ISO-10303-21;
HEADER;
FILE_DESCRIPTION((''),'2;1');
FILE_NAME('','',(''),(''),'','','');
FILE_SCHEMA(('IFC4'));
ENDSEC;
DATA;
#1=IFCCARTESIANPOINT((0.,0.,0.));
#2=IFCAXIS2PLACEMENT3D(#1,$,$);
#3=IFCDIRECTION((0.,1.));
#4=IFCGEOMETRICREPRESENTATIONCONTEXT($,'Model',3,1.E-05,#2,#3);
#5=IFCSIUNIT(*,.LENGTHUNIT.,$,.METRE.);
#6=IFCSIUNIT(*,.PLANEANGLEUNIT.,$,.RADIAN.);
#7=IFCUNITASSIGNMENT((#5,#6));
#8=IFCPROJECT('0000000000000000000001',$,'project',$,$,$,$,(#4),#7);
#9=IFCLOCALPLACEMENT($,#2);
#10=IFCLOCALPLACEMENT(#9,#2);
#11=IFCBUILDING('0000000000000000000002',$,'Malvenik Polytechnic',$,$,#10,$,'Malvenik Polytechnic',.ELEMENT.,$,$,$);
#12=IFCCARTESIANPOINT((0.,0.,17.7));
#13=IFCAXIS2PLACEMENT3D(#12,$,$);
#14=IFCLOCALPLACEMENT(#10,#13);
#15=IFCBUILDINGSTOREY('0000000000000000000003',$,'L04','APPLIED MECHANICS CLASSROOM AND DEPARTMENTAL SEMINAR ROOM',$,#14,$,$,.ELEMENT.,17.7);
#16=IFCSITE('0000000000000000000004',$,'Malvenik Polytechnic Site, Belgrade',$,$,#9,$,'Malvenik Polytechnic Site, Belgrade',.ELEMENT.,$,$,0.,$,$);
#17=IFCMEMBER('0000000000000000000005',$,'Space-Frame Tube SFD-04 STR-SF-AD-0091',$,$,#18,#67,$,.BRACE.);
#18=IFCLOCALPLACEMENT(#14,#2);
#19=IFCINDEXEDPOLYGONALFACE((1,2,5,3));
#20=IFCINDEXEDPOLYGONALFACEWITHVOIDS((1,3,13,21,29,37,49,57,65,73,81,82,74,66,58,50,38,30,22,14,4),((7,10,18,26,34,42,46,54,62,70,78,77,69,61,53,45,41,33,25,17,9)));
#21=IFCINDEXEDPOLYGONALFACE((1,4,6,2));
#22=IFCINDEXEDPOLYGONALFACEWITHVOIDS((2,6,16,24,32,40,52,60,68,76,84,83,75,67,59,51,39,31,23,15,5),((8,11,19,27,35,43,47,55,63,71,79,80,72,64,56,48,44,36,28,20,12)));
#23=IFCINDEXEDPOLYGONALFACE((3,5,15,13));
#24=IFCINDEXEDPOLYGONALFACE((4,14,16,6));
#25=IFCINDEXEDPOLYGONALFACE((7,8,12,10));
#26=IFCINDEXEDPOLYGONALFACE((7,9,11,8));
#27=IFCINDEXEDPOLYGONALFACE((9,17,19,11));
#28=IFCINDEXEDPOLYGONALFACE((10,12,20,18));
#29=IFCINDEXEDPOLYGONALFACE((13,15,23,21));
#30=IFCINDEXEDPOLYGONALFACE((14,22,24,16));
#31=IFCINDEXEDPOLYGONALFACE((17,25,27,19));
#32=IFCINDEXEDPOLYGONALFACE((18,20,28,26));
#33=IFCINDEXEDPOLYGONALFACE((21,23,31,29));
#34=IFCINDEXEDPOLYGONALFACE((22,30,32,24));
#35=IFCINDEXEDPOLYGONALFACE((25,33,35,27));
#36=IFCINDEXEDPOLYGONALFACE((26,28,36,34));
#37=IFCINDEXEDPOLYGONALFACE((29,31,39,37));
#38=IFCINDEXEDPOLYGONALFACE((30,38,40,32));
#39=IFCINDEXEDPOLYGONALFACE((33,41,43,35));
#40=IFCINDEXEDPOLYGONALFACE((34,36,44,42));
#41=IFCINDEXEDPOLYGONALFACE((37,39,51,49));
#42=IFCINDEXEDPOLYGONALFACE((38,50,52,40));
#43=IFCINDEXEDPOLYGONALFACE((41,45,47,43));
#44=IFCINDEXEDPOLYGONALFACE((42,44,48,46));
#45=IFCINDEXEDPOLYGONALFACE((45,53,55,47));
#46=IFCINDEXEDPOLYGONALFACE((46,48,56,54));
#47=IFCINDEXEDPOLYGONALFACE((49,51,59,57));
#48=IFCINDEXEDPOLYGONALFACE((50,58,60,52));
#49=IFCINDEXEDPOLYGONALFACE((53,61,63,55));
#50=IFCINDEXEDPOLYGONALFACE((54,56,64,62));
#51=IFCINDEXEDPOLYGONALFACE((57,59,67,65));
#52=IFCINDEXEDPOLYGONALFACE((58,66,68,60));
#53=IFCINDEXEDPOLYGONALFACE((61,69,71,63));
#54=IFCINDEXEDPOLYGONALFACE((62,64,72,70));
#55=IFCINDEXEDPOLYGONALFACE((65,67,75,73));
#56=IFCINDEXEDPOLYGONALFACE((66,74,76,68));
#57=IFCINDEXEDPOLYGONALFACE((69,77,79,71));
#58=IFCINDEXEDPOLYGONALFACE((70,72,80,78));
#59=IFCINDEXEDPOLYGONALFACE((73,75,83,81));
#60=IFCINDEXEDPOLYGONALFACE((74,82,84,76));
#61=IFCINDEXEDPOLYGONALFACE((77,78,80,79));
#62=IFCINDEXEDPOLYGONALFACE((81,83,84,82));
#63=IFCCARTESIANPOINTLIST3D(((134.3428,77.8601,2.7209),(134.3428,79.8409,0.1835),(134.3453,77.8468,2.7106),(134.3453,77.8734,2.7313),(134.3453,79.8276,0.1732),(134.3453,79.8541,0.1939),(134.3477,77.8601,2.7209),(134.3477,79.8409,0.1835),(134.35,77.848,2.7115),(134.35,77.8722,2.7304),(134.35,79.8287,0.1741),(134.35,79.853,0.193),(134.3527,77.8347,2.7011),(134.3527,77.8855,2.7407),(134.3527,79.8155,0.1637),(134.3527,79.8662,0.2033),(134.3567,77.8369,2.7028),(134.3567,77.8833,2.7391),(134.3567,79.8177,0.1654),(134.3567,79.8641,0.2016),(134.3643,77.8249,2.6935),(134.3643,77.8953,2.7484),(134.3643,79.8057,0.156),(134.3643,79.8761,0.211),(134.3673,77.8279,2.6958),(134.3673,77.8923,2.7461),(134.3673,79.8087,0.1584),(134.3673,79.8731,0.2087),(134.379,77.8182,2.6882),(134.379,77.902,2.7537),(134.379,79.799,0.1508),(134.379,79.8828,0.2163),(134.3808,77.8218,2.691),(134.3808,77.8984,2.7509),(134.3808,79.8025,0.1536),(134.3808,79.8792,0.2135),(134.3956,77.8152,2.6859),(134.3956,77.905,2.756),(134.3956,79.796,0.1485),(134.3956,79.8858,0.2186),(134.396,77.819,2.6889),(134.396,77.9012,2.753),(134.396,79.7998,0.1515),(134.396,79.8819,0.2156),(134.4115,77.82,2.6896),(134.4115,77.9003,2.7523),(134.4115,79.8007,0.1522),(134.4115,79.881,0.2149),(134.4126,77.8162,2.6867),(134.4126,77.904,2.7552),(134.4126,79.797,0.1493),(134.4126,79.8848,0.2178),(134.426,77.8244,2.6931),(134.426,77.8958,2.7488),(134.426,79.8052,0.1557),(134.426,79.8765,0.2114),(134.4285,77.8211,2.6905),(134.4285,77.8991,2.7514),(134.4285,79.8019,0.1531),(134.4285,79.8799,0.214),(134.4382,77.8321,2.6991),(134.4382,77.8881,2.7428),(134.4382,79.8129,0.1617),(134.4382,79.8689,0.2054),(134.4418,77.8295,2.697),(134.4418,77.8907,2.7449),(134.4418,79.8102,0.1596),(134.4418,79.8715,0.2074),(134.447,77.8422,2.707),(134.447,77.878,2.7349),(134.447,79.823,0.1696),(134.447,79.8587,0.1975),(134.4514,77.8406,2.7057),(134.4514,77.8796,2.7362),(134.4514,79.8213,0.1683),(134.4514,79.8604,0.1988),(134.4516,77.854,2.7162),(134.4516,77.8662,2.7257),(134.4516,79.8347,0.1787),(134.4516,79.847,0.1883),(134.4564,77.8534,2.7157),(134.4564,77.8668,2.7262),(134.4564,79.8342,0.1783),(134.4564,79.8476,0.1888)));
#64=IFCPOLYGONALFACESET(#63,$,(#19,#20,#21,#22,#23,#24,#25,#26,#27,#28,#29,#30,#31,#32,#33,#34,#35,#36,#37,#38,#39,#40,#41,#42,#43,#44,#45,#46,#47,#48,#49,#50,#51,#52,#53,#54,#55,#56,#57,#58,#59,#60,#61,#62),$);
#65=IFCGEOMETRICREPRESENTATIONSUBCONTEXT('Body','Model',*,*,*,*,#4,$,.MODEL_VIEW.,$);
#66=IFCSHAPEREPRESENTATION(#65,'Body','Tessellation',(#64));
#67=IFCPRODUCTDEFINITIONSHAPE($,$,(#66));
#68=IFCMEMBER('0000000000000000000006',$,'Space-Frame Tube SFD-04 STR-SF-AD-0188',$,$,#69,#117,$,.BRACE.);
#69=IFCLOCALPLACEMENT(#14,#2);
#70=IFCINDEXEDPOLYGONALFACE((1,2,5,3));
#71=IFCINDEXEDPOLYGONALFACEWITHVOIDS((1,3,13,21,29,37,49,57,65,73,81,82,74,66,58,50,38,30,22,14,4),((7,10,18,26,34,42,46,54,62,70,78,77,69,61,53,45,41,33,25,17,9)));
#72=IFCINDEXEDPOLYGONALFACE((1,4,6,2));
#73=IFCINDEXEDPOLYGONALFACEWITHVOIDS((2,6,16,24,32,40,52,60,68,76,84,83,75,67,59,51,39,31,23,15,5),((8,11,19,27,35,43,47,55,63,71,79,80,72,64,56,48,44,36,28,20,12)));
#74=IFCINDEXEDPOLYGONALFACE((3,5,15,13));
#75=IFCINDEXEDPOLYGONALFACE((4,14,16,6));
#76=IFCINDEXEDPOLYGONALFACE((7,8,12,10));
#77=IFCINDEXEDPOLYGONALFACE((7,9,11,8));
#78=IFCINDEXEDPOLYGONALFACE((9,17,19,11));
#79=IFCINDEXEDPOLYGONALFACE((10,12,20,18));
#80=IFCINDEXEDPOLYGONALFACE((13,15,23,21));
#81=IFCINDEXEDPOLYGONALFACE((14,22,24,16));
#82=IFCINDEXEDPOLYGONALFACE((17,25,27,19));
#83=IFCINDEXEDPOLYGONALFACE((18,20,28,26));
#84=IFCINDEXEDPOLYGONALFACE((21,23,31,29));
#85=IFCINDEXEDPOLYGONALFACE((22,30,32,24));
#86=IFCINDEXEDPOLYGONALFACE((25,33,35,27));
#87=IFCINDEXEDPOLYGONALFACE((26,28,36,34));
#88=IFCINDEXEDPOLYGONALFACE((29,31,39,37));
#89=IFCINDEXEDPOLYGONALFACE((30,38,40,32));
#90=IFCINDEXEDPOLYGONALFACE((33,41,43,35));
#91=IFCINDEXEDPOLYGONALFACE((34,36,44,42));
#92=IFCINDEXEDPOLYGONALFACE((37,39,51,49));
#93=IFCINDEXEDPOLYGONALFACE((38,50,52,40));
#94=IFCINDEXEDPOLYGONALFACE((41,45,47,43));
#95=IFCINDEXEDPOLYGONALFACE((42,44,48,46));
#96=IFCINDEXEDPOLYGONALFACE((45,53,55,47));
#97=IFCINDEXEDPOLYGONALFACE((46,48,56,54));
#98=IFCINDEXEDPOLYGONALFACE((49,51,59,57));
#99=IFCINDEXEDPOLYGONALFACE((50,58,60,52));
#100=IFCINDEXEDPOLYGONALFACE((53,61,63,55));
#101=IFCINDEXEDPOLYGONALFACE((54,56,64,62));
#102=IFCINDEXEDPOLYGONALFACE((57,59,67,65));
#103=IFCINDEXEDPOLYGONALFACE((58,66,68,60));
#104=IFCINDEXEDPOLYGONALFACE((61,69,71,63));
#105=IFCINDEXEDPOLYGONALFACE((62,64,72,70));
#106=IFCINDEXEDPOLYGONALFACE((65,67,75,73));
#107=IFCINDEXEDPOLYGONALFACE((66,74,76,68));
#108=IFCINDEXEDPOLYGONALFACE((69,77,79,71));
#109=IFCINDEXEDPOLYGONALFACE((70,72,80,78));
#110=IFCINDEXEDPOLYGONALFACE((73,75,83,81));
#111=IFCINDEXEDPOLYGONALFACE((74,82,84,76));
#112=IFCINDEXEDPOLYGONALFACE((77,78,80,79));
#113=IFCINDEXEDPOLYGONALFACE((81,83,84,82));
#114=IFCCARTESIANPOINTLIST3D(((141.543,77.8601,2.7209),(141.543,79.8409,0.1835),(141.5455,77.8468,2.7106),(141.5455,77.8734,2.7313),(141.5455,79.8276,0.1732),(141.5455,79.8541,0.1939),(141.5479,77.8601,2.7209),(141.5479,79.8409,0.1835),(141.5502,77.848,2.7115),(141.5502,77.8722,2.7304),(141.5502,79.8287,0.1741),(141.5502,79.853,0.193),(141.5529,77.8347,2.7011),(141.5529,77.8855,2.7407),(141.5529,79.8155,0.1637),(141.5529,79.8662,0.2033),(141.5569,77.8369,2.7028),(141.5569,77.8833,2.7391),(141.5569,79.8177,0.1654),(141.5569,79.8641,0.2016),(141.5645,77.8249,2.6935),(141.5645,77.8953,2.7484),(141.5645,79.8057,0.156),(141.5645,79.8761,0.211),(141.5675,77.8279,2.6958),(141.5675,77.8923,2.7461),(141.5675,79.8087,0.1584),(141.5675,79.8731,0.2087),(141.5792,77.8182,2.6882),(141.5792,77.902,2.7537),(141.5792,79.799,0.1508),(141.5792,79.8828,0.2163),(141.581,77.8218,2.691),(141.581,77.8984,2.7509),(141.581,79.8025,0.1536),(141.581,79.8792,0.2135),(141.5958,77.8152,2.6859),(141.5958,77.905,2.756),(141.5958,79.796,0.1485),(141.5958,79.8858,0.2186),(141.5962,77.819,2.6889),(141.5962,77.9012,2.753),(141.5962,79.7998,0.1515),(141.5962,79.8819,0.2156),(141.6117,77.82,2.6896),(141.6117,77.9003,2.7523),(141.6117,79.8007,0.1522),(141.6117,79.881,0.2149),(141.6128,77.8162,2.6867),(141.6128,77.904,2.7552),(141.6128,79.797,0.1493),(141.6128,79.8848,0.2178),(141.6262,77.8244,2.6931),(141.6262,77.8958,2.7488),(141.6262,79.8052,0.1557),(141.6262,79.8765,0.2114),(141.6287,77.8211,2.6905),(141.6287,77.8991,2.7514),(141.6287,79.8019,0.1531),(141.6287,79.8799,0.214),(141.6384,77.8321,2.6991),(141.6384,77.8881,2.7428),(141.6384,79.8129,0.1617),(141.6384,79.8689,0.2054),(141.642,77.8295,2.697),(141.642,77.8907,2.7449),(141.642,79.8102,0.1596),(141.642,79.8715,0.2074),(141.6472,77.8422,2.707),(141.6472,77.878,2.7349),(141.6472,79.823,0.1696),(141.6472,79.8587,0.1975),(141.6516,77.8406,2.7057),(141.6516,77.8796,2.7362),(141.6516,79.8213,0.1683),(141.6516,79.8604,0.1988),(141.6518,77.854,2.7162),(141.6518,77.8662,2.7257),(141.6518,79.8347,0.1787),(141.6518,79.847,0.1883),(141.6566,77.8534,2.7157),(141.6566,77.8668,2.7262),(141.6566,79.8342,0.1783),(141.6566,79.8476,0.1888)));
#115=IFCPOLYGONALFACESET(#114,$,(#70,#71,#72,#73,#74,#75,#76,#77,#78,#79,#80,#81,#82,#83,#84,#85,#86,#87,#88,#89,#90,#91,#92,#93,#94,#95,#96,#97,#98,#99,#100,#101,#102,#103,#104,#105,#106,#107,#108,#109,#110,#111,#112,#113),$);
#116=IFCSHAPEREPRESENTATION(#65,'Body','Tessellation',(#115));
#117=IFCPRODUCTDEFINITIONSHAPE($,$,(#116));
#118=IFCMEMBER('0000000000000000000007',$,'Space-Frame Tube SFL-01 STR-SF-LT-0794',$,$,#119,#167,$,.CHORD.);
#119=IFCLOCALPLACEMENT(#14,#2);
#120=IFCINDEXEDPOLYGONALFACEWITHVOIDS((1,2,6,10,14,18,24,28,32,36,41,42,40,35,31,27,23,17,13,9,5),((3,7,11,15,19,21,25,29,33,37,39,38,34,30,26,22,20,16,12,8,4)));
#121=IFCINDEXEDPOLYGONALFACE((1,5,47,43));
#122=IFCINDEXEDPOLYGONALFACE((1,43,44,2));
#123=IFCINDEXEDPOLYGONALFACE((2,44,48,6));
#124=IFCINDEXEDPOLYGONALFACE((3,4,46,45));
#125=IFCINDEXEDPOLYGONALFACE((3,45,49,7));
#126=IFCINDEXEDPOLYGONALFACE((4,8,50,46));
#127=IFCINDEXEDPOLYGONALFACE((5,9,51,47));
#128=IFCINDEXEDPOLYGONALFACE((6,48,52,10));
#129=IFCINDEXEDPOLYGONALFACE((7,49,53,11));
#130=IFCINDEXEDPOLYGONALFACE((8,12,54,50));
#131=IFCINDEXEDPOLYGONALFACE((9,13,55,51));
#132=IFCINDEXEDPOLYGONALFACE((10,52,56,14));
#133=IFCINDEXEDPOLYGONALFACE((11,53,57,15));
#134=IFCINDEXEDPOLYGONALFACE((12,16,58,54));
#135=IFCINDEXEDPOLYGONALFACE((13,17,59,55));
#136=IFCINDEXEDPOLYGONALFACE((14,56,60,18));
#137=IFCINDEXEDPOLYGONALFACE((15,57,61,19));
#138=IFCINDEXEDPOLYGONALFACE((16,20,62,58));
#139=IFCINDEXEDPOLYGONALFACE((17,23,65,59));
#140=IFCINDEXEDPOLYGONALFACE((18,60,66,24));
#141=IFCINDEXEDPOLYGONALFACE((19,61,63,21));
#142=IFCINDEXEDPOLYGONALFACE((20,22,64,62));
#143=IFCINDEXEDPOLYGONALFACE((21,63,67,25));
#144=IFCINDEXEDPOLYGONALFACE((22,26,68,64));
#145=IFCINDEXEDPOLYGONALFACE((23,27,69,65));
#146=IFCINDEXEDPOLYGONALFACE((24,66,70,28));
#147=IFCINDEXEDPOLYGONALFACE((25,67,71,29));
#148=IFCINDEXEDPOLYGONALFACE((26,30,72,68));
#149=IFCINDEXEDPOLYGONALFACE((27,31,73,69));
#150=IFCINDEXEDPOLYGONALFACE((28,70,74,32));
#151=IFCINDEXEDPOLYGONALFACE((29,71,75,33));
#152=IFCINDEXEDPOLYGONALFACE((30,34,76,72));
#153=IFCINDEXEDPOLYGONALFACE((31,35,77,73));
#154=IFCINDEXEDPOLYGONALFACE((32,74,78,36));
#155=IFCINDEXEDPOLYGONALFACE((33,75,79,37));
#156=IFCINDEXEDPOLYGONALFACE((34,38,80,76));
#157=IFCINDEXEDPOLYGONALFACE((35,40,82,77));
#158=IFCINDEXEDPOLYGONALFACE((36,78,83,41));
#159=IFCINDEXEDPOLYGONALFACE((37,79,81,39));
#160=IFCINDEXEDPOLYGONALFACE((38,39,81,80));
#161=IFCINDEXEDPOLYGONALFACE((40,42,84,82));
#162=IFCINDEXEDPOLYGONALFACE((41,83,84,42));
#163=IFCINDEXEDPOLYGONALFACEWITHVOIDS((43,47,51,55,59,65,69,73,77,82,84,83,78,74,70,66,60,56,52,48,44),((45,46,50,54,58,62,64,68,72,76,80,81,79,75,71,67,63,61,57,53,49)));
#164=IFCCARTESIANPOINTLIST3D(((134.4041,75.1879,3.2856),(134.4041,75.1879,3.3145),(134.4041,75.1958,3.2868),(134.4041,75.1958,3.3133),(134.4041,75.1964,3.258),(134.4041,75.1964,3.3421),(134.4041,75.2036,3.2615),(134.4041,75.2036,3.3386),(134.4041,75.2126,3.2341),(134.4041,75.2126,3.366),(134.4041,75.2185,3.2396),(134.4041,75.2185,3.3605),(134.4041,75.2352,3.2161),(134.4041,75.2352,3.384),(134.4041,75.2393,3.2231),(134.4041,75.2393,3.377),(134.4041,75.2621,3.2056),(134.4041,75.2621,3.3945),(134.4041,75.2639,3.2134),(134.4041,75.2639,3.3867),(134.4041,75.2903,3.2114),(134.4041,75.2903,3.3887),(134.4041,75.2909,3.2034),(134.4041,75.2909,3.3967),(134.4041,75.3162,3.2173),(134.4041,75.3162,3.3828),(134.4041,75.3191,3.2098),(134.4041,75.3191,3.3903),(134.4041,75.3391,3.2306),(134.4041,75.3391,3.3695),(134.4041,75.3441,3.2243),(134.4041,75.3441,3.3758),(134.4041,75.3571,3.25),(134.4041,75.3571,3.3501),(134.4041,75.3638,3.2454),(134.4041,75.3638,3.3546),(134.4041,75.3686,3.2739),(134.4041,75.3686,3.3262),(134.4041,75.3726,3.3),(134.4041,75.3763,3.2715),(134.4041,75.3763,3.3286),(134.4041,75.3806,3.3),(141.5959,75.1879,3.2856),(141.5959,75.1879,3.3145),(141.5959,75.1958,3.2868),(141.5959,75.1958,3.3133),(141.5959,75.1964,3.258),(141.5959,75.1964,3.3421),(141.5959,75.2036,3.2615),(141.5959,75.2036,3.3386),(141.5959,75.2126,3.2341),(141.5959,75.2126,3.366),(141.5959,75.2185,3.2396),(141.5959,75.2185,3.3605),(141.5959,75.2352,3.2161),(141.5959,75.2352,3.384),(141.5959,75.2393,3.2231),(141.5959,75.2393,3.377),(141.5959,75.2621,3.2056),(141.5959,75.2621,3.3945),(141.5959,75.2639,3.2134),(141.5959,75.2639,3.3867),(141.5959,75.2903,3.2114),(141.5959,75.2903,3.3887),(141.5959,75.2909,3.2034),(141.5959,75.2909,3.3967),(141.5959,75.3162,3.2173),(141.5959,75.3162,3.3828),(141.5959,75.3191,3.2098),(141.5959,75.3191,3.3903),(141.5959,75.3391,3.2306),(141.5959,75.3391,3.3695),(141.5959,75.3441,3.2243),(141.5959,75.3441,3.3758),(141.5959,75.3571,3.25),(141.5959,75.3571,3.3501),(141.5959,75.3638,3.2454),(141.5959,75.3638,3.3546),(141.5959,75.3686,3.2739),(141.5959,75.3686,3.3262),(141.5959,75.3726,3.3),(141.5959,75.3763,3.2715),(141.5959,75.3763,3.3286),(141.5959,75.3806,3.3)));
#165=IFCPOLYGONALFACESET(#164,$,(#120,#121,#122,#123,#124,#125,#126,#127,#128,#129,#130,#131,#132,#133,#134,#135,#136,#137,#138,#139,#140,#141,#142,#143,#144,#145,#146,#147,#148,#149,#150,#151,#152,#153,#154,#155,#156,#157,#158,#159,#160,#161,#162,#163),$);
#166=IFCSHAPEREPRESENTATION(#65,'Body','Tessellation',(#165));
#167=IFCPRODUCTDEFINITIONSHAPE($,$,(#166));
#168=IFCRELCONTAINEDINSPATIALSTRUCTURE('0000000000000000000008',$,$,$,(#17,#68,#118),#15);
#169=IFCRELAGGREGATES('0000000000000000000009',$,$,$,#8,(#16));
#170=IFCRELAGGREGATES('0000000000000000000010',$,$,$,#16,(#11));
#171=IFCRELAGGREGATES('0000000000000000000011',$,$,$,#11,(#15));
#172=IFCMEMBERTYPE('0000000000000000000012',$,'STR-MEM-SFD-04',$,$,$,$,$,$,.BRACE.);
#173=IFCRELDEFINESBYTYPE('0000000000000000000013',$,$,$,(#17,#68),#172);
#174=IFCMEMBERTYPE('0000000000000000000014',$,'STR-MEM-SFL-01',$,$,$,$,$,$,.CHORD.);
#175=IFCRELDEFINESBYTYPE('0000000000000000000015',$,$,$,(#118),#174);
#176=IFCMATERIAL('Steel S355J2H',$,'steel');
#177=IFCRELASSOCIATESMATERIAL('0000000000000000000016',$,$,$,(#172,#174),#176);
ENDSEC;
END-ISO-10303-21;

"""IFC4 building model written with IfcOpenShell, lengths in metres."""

from ifc_helpers import new_model, si_unit, direction, frame, origin, origin_2d, place, context, subcontext, project, spatial, hollow_circle, extrude, material, material_profile, profile_set, type_object, element, save


model = new_model("IFC4")

# Units and contexts
model_context = context("Model", 3, precision=1e-05, world=origin(), true_north=direction((0.0, 1.0)))
body_context = subcontext(model_context, "Body", "Model", "MODEL_VIEW")
ifc_project = project(units=[si_unit("LENGTHUNIT", "METRE"), si_unit("PLANEANGLEUNIT", "RADIAN")], contexts=[model_context])

# Site, building, storey
site_placement = place(None, origin())
site = spatial("IfcSite", under=ifc_project, at=site_placement, Name="Malvenik Polytechnic Site, Belgrade", LongName="Malvenik Polytechnic Site, Belgrade", CompositionType="ELEMENT", RefElevation=0.0)
building_placement = place(site_placement, origin())
building = spatial("IfcBuilding", under=site, at=building_placement, Name="Malvenik Polytechnic", LongName="Malvenik Polytechnic", CompositionType="ELEMENT")
storey_placement = place(building_placement, frame((0.0, 0.0, 17.7)))
storey = spatial("IfcBuildingStorey", under=building, at=storey_placement, Name="L04", Description="APPLIED MECHANICS CLASSROOM AND DEPARTMENTAL SEMINAR ROOM", CompositionType="ELEMENT", Elevation=17.7)

# Members
ifc_material = material(Name="Steel S355J2H", Category="steel")
ifc_material_profile_1 = material_profile(ifc_material, hollow_circle(Radius=0.0571, WallThickness=0.0049, at=origin_2d()), Name="CHS 114.3x5.0")
ifc_profile_set_1 = profile_set([ifc_material_profile_1], Name="Steel S355J2H")
member_type_1 = type_object("IfcMemberType", Name="STR-MEM-SFD-04", PredefinedType="BRACE", material=ifc_profile_set_1)
for number, where, z_axis, x_axis, name in (
    (1, (134.3999, 77.8601, 2.7209), (0.0, 0.615336, -0.788265), (-1.0, 0.0, 0.0), "Space-Frame Tube SFD-04 STR-SF-AD-0091"),
    (2, (141.6001, 77.8601, 2.7209), (0.0, 0.615336, -0.788265), (-1.0, 0.0, 0.0), "Space-Frame Tube SFD-04 STR-SF-AD-0188"),
):
    element("IfcMember", number, at=place(storey_placement, frame(where, z_axis=z_axis, x_axis=x_axis)), inside=storey, type_object=member_type_1, Name=name, PredefinedType="BRACE", context=body_context, shape_type="SweptSolid", body=[
        extrude(hollow_circle(Radius=0.0571, WallThickness=0.0049, at=origin_2d()), origin(), (0.0, 0.0, 1.0), 3.219),
    ])
ifc_material_profile_2 = material_profile(ifc_material, hollow_circle(Radius=0.0969, WallThickness=0.0081, at=origin_2d()), Name="CHS 193.7x8.0")
ifc_profile_set_2 = profile_set([ifc_material_profile_2], Name="Steel S355J2H")
member_type_2 = type_object("IfcMemberType", Name="STR-MEM-SFL-01", PredefinedType="CHORD", material=ifc_profile_set_2)
for number, where, z_axis, x_axis, name in (
    (3, (134.4041, 75.2837, 3.3), (1.0, 0.0, 0.0), (0.0, 1.0, 0.0), "Space-Frame Tube SFL-01 STR-SF-LT-0794"),
):
    element("IfcMember", number, at=place(storey_placement, frame(where, z_axis=z_axis, x_axis=x_axis)), inside=storey, type_object=member_type_2, Name=name, PredefinedType="CHORD", context=body_context, shape_type="SweptSolid", body=[
        extrude(hollow_circle(Radius=0.0969, WallThickness=0.0081, at=origin_2d()), origin(), (0.0, 0.0, 1.0), 7.1919),
    ])

save(model, "model.ifc")
